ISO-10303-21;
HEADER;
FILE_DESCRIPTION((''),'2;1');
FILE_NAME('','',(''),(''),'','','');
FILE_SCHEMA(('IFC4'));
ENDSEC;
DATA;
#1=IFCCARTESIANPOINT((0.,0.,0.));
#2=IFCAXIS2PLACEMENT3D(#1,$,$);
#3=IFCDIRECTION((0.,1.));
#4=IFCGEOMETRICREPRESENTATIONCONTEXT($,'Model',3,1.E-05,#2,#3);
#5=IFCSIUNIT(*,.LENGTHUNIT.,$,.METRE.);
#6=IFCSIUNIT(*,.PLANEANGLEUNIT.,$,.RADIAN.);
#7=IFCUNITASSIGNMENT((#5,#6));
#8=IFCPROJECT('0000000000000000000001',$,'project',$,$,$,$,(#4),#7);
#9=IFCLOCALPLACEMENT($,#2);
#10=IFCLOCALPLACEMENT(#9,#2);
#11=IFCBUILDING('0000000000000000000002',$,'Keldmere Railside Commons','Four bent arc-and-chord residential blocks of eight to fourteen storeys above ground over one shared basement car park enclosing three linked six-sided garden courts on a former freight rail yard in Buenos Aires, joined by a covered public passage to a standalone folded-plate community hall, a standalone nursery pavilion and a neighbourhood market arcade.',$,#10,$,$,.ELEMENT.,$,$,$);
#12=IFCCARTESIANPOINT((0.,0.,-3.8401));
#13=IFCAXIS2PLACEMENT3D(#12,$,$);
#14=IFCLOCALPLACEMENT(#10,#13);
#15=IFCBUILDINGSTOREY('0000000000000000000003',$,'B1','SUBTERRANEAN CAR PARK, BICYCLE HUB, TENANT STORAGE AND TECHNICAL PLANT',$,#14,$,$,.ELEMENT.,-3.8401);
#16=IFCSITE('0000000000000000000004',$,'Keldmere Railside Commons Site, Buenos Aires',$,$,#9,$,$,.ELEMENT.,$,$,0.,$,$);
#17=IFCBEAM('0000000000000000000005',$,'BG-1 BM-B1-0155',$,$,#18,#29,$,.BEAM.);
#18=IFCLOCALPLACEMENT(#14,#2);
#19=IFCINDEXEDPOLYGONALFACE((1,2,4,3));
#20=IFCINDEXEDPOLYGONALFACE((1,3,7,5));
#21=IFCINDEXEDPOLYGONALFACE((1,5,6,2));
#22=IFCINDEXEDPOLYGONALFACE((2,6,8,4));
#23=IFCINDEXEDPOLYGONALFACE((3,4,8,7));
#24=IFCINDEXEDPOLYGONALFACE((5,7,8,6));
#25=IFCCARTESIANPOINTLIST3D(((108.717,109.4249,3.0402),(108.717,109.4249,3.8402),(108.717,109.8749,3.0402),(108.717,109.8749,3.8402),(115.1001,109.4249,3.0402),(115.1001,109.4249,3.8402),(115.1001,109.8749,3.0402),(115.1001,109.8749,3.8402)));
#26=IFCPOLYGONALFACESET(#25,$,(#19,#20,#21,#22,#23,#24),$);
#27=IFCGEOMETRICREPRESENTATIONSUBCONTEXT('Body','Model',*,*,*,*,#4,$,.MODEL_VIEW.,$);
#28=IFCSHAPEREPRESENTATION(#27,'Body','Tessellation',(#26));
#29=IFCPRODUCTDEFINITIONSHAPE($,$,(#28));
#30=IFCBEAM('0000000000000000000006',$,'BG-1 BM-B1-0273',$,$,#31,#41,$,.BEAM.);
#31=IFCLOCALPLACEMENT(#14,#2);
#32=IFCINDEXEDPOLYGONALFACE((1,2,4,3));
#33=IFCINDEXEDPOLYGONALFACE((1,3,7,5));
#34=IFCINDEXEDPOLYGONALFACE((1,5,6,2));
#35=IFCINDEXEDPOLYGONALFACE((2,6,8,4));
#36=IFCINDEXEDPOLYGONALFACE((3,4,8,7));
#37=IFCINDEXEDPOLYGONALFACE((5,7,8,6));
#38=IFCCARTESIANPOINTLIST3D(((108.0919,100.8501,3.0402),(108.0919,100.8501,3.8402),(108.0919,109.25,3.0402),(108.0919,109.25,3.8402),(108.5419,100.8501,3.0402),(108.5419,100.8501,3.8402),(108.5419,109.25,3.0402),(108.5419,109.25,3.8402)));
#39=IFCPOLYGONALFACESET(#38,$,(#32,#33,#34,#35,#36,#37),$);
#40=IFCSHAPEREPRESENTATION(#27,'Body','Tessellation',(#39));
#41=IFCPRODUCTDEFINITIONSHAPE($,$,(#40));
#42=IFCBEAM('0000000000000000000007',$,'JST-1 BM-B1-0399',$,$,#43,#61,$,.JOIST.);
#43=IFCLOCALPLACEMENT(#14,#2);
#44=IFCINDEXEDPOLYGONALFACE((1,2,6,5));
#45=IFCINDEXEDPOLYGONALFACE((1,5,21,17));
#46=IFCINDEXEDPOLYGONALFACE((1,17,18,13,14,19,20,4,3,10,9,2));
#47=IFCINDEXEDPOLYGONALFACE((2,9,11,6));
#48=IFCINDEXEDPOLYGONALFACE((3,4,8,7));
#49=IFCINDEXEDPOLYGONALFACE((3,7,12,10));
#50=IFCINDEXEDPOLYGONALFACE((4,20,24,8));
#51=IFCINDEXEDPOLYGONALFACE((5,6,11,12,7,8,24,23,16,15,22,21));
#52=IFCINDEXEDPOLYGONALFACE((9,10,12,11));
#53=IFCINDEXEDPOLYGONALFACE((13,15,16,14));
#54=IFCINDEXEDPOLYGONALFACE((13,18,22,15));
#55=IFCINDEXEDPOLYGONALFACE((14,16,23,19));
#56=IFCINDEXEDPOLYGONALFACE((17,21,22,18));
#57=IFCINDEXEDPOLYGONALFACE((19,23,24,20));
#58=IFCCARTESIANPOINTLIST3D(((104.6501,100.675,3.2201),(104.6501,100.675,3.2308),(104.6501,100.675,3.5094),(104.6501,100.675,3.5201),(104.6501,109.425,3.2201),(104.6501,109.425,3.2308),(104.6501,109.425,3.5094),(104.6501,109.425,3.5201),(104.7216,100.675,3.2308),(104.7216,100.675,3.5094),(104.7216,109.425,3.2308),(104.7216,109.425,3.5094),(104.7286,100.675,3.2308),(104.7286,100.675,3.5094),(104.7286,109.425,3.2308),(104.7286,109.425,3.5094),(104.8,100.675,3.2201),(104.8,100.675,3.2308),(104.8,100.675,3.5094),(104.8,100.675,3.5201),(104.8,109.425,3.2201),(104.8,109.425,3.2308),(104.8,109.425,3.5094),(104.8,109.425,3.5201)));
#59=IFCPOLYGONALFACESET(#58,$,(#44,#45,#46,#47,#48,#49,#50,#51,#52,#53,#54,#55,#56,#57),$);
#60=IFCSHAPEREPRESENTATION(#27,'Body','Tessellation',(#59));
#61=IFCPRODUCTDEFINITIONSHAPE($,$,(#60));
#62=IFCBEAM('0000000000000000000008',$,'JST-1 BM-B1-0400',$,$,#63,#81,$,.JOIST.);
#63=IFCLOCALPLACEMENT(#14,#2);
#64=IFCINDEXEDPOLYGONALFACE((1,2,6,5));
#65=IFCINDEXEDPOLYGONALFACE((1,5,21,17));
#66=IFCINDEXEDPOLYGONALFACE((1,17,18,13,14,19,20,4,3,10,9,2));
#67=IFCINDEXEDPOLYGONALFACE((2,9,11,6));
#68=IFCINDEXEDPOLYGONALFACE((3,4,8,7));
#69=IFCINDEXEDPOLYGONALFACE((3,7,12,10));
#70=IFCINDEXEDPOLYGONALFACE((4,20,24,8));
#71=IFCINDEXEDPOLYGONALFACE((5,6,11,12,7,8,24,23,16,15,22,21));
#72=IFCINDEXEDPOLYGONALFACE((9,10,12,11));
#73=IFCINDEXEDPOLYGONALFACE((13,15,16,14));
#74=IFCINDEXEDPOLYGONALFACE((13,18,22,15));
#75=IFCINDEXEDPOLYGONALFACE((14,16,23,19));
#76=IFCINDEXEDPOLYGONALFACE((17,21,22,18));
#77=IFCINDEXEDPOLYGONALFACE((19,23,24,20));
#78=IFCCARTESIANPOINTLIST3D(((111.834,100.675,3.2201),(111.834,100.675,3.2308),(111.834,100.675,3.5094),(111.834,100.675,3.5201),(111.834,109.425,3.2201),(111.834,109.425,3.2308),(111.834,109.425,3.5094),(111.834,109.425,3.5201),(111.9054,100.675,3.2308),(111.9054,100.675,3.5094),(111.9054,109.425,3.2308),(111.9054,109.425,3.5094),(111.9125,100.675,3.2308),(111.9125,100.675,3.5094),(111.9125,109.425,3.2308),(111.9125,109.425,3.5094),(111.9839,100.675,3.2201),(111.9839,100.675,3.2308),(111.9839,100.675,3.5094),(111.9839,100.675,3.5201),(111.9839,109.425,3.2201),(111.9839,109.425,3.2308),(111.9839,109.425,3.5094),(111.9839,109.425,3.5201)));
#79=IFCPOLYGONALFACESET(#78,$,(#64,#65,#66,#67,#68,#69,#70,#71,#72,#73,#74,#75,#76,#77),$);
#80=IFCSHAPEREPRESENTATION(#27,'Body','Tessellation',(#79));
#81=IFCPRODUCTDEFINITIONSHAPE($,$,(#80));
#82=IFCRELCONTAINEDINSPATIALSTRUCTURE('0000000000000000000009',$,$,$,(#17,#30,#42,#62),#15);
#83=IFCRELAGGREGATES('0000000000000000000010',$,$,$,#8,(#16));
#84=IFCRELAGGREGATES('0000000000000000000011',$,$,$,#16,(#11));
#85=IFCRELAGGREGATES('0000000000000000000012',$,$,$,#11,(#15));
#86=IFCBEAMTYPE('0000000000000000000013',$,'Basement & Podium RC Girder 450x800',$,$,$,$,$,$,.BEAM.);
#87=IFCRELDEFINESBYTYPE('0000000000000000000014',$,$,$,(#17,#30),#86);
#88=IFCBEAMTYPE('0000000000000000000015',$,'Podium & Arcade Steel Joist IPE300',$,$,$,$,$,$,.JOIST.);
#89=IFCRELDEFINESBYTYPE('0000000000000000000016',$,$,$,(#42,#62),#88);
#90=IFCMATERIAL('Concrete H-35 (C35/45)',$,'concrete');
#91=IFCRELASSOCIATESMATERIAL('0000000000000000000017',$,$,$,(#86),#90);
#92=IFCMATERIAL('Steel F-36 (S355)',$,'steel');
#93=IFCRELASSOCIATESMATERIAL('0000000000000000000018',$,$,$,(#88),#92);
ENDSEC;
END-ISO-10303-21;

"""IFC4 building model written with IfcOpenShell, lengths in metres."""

from ifc_helpers import new_model, si_unit, direction, frame, origin, origin_2d, place, context, subcontext, project, spatial, rectangle, i_section, extrude, material, material_profile, profile_set, type_object, element, save


model = new_model("IFC4")

# Units and contexts
model_context = context("Model", 3, precision=1e-05, world=origin(), true_north=direction((0.0, 1.0)))
body_context = subcontext(model_context, "Body", "Model", "MODEL_VIEW")
ifc_project = project(units=[si_unit("LENGTHUNIT", "METRE"), si_unit("PLANEANGLEUNIT", "RADIAN")], contexts=[model_context])

# Site, building, storey
site_placement = place(None, origin())
site = spatial("IfcSite", under=ifc_project, at=site_placement, Name="Keldmere Railside Commons Site, Buenos Aires", CompositionType="ELEMENT", RefElevation=0.0)
building_placement = place(site_placement, origin())
building = spatial("IfcBuilding", under=site, at=building_placement, Name="Keldmere Railside Commons", Description="Four bent arc-and-chord residential blocks of eight to fourteen storeys above ground over one shared basement car park enclosing three linked six-sided garden courts on a former freight rail yard in Buenos Aires, joined by a covered public passage to a standalone folded-plate community hall, a standalone nursery pavilion and a neighbourhood market arcade.", CompositionType="ELEMENT")
storey_placement = place(building_placement, frame((0.0, 0.0, -3.8401)))
storey = spatial("IfcBuildingStorey", under=building, at=storey_placement, Name="B1", Description="SUBTERRANEAN CAR PARK, BICYCLE HUB, TENANT STORAGE AND TECHNICAL PLANT", CompositionType="ELEMENT", Elevation=-3.8401)

# Beams
ifc_material_1 = material(Name="Concrete H-35 (C35/45)", Category="concrete")
ifc_material_profile_1 = material_profile(ifc_material_1, rectangle(XDim=0.45, YDim=0.8, at=origin_2d()), Name="RC-450x800")
ifc_profile_set_1 = profile_set([ifc_material_profile_1], Name="Concrete H-35 (C35/45)")
beam_type_1 = type_object("IfcBeamType", Name="Basement & Podium RC Girder 450x800", PredefinedType="BEAM", material=ifc_profile_set_1)
beam_1_placement = place(storey_placement, frame((108.717, 109.6499, 3.4402), z_axis=(1.0, 0.0, 0.0), x_axis=(0.0, 1.0, 0.0)))
element("IfcBeam", 1, at=beam_1_placement, inside=storey, type_object=beam_type_1, Name="BG-1 BM-B1-0155", PredefinedType="BEAM", context=body_context, shape_type="SweptSolid", body=[
    extrude(rectangle(XDim=0.45, YDim=0.8, at=origin_2d()), origin(), (0.0, 0.0, 1.0), 6.3831),
])
beam_2_placement = place(storey_placement, frame((108.3169, 100.8501, 3.4402), z_axis=(0.0, 1.0, 0.0), x_axis=(-1.0, 0.0, 0.0)))
element("IfcBeam", 2, at=beam_2_placement, inside=storey, type_object=beam_type_1, Name="BG-1 BM-B1-0273", PredefinedType="BEAM", context=body_context, shape_type="SweptSolid", body=[
    extrude(rectangle(XDim=0.45, YDim=0.8, at=origin_2d()), origin(), (0.0, 0.0, 1.0), 8.3999),
])
ifc_material_2 = material(Name="Steel F-36 (S355)", Category="steel")
ifc_material_profile_2 = material_profile(ifc_material_2, i_section(OverallWidth=0.1499, OverallDepth=0.3, WebThickness=0.0071, FlangeThickness=0.0107, at=origin_2d()), Name="IPE-300")
ifc_profile_set_2 = profile_set([ifc_material_profile_2], Name="Steel F-36 (S355)")
beam_type_2 = type_object("IfcBeamType", Name="Podium & Arcade Steel Joist IPE300", PredefinedType="JOIST", material=ifc_profile_set_2)
for number, where, z_axis, x_axis, name in (
    (3, (104.7251, 100.675, 3.3701), (0.0, 1.0, 0.0), (-1.0, 0.0, 0.0), "JST-1 BM-B1-0399"),
    (4, (111.9089, 100.675, 3.3701), (0.0, 1.0, 0.0), (-1.0, 0.0, 0.0), "JST-1 BM-B1-0400"),
):
    element("IfcBeam", number, at=place(storey_placement, frame(where, z_axis=z_axis, x_axis=x_axis)), inside=storey, type_object=beam_type_2, Name=name, PredefinedType="JOIST", context=body_context, shape_type="SweptSolid", body=[
        extrude(i_section(OverallWidth=0.1499, OverallDepth=0.3, WebThickness=0.0071, FlangeThickness=0.0107, at=origin_2d()), origin(), (0.0, 0.0, 1.0), 8.75),
    ])

save(model, "model.ifc")
